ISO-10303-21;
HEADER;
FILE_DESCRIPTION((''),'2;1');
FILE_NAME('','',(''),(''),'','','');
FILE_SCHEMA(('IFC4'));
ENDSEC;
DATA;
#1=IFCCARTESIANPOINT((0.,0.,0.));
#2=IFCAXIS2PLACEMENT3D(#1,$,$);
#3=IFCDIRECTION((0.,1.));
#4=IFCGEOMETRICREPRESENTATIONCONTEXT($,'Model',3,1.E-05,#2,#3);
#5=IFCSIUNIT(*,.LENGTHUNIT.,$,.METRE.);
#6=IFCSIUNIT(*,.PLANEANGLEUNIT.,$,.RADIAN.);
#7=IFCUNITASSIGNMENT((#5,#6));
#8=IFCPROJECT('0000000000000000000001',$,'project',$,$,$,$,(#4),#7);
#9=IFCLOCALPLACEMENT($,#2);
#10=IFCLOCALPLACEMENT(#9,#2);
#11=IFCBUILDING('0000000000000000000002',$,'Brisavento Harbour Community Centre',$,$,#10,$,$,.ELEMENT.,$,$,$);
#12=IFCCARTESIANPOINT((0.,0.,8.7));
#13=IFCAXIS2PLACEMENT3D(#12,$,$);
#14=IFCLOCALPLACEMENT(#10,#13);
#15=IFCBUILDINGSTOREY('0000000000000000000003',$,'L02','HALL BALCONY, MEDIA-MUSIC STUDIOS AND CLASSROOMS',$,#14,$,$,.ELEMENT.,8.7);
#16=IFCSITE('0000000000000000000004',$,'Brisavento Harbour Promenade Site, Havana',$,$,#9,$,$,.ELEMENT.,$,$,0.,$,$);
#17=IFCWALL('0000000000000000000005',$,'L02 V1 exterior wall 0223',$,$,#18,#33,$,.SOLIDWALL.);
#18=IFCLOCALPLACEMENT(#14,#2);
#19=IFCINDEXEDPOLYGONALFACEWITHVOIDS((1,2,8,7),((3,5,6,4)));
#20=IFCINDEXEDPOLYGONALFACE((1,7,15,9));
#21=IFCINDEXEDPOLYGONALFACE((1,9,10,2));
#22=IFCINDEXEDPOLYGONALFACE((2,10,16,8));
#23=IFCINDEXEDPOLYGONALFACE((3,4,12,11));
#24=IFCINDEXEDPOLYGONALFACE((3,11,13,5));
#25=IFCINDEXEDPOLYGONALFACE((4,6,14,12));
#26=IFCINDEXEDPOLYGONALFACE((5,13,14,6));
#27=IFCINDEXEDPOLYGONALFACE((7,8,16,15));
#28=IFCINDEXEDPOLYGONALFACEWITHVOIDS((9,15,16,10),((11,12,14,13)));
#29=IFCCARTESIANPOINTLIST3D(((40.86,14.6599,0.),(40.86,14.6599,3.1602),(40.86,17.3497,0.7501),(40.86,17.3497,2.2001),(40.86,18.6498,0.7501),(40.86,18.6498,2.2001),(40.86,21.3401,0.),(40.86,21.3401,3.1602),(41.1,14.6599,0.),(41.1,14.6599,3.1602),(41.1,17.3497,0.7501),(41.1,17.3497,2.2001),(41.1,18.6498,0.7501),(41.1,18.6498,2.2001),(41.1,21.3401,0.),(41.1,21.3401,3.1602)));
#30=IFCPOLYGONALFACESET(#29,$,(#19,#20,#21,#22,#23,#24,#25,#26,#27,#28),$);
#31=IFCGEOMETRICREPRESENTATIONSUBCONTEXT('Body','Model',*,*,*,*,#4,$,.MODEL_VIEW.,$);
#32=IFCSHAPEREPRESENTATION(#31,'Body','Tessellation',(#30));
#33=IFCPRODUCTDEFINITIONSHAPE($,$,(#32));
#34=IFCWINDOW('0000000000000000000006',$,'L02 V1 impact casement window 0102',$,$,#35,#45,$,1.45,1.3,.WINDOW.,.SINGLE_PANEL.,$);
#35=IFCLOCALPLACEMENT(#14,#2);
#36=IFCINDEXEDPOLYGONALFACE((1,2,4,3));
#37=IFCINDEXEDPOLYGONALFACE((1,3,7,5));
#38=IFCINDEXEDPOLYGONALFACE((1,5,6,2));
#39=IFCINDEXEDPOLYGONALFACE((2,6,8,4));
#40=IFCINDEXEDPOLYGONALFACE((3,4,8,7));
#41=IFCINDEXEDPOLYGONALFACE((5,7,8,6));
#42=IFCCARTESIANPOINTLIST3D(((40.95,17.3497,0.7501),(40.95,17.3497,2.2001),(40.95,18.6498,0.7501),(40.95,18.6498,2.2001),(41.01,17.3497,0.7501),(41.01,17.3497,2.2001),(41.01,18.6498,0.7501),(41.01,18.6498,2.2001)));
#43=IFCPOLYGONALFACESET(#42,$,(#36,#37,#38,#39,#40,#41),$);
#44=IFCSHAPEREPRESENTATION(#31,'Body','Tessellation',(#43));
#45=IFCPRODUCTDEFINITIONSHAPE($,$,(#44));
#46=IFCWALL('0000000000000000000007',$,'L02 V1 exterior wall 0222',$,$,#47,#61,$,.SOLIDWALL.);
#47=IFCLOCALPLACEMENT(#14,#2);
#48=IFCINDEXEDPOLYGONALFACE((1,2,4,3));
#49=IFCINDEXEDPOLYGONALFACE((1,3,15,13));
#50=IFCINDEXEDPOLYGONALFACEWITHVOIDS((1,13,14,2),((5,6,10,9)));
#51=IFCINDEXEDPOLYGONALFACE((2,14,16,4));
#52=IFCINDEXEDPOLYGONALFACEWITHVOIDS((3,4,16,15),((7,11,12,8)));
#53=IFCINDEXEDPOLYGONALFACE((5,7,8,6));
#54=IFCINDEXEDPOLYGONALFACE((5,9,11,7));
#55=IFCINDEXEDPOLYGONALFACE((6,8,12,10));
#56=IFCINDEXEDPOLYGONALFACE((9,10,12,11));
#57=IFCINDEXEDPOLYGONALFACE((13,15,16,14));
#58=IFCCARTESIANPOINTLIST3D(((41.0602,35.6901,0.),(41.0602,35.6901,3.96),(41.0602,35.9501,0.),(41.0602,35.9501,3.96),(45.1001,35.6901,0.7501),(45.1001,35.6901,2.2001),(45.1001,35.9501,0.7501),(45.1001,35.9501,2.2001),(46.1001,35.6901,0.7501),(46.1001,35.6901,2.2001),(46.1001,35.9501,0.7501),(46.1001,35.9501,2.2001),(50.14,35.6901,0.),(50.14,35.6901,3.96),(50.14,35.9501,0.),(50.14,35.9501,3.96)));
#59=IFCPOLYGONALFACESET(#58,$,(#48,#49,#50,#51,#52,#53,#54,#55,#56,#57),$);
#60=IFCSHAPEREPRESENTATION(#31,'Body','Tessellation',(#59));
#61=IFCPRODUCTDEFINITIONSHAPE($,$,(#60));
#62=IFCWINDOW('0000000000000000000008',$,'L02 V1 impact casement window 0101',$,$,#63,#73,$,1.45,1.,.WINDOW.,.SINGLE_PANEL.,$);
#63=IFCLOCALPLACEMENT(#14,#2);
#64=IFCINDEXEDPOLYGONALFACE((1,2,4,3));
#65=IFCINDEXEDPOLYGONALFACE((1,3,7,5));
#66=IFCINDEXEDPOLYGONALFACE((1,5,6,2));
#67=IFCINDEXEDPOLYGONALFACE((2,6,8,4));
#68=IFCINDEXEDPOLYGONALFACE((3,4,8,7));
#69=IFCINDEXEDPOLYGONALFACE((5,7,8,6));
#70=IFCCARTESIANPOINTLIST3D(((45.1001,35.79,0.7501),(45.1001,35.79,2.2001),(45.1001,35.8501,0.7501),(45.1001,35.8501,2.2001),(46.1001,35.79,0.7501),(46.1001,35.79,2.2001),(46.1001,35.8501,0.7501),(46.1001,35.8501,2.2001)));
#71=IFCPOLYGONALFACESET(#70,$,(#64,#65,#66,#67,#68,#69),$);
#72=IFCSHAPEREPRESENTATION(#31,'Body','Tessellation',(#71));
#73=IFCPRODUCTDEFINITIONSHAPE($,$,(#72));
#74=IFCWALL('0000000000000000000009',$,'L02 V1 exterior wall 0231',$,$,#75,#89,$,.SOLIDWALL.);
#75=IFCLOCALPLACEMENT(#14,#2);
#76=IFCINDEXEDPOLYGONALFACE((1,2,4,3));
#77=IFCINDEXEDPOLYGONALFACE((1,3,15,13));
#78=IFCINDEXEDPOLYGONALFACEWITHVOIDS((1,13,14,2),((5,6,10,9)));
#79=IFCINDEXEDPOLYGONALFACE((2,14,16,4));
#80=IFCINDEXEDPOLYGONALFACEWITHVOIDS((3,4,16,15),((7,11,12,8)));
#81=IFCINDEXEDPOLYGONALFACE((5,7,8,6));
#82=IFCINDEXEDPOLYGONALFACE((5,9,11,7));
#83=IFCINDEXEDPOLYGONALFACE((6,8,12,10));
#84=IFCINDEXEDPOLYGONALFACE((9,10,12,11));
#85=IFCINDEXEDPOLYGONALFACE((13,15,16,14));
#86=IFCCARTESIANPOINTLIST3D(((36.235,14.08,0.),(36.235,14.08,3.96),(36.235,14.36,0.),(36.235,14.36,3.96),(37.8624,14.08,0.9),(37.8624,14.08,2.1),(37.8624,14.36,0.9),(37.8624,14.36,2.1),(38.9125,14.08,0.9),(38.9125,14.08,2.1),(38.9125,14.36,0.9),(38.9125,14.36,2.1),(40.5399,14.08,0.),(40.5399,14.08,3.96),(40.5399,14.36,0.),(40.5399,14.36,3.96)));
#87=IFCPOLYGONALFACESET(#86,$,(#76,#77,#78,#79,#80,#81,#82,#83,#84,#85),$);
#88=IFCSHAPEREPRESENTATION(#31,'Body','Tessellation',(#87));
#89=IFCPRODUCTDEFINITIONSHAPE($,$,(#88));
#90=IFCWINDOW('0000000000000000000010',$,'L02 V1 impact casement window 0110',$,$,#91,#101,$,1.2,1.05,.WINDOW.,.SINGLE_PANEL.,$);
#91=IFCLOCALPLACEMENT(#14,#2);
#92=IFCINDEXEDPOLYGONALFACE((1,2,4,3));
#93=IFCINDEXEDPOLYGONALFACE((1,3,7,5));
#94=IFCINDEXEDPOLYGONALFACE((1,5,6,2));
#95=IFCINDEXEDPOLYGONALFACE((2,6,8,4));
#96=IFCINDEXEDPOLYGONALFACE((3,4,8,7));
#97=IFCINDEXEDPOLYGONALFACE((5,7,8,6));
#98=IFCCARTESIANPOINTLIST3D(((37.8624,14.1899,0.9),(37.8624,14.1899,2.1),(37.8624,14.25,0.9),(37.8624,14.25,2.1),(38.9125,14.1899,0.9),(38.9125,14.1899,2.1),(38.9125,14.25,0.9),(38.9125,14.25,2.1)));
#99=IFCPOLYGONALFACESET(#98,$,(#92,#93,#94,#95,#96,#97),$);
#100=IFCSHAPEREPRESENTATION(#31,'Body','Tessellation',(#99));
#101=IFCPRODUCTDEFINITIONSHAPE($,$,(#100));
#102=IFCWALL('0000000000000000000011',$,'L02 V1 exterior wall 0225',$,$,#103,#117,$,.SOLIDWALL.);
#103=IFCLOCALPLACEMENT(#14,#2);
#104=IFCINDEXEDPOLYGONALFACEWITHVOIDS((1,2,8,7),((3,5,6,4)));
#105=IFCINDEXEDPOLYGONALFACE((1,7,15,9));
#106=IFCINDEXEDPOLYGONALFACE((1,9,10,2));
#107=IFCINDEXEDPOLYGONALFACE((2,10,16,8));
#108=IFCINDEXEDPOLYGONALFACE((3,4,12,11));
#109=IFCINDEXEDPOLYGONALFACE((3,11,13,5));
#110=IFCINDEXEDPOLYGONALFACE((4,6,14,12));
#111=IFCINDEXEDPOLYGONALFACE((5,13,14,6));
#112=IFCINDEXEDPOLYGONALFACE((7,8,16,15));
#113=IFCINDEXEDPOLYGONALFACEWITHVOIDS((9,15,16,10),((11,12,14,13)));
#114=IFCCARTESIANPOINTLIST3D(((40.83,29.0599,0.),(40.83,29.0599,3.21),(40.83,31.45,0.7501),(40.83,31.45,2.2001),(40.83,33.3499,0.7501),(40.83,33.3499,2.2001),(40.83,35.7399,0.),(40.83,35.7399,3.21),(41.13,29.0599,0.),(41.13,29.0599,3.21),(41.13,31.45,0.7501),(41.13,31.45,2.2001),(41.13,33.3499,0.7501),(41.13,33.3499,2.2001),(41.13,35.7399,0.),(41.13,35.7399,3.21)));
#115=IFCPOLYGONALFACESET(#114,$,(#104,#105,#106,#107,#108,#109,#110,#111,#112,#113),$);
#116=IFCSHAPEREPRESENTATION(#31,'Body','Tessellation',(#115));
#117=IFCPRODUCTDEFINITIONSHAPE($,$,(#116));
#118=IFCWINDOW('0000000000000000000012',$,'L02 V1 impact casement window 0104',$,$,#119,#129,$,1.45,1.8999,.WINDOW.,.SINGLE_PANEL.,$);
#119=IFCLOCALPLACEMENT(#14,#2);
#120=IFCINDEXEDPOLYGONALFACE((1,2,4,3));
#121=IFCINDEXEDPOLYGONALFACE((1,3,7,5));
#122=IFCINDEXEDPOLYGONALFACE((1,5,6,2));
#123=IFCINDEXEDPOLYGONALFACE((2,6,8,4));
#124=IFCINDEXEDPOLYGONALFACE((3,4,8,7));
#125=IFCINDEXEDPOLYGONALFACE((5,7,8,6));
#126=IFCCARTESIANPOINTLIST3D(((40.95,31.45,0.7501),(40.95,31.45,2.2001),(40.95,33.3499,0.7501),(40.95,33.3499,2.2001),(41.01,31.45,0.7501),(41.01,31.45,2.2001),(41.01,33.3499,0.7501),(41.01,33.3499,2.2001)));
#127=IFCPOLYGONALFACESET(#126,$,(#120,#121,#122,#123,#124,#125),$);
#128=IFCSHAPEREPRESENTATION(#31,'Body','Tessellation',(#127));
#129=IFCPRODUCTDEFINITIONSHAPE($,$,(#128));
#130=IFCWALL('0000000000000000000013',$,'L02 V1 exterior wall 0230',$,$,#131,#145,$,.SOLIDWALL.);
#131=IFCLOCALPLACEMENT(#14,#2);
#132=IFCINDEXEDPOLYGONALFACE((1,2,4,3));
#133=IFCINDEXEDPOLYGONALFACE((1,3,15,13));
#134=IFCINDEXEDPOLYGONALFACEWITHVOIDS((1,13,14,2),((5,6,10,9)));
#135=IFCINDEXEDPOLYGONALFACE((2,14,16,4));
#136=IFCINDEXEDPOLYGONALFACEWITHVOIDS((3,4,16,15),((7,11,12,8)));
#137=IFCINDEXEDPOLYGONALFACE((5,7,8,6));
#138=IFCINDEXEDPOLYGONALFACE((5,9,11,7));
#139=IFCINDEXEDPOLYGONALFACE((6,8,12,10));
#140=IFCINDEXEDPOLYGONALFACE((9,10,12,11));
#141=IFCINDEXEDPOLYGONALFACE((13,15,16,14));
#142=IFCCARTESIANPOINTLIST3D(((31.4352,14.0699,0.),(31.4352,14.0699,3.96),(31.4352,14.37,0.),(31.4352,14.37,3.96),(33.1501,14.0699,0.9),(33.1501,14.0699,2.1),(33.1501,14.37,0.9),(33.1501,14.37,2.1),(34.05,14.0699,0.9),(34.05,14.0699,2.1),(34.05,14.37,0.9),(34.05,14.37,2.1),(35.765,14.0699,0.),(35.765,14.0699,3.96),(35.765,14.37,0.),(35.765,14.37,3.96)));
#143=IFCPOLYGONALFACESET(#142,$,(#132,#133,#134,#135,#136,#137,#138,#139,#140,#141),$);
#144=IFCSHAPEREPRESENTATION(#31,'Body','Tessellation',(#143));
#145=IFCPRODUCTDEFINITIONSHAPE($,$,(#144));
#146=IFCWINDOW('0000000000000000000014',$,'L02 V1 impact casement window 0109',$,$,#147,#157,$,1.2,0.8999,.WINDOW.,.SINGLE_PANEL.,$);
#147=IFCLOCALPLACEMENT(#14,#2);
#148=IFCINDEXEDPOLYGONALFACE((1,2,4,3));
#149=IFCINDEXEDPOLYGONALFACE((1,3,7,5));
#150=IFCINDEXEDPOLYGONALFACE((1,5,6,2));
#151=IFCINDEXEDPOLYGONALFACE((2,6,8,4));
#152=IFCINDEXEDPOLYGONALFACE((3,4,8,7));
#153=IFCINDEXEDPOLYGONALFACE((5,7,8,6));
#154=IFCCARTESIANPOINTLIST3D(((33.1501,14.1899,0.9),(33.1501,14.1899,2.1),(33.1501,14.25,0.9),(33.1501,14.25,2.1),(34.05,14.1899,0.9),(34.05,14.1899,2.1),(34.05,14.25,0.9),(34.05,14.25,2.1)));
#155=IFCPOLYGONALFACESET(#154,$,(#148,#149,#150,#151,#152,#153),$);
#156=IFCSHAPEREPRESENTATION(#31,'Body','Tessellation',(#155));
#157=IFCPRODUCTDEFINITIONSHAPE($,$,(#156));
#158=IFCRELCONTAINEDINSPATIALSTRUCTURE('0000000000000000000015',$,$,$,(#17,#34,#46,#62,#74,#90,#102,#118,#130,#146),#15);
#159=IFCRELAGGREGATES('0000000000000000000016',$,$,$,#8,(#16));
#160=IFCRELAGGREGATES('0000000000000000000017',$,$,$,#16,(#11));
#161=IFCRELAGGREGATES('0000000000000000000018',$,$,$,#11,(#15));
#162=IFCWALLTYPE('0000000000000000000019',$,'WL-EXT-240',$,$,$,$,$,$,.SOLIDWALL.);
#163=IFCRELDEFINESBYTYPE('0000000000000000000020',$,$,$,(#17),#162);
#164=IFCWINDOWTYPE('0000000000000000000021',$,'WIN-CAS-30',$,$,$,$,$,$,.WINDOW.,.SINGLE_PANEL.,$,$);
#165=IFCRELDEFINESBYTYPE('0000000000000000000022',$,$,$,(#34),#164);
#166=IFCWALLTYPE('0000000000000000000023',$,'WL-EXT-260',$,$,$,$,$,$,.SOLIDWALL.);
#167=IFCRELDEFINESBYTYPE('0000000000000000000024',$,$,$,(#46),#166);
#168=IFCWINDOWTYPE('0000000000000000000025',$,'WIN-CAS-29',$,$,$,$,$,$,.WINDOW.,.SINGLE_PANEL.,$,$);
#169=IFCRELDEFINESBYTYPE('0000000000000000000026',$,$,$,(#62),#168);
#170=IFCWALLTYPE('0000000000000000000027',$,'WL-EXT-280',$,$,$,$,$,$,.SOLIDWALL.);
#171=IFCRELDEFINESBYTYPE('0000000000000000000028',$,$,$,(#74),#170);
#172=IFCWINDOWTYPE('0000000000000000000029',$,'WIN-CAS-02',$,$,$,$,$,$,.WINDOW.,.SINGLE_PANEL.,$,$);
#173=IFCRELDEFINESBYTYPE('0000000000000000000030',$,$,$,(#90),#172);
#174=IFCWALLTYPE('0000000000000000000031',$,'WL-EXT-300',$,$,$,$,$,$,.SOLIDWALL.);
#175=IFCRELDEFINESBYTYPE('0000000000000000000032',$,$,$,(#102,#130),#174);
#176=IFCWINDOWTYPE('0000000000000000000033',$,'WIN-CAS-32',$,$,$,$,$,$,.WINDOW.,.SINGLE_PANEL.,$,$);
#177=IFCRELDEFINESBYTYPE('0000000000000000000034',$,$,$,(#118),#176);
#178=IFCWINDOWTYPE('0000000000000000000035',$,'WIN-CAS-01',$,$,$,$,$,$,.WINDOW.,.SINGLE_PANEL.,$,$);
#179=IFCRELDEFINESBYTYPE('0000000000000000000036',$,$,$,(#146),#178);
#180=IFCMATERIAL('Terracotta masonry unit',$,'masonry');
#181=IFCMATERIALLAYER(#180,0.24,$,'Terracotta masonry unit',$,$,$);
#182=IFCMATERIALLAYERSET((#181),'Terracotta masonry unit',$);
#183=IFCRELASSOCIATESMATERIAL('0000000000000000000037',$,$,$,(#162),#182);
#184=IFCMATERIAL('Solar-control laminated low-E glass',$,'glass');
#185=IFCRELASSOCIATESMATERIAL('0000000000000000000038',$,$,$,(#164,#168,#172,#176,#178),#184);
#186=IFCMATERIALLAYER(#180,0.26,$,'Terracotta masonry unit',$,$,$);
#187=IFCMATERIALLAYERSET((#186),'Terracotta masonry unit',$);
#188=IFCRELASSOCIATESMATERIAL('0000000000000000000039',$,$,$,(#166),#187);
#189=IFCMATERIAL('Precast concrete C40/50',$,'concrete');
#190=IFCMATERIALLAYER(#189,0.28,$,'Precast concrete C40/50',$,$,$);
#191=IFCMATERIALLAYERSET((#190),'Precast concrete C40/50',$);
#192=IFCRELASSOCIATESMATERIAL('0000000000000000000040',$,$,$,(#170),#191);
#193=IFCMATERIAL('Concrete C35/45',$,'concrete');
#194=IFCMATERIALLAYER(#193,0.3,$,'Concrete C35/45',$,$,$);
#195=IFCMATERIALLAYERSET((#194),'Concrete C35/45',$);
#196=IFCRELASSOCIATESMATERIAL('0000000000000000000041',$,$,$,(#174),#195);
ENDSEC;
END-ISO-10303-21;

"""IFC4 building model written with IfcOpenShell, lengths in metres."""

from ifc_helpers import new_model, si_unit, direction, frame, frame_2d, origin, place, context, subcontext, project, spatial, rectangle, extrude, material, layer, layer_set, type_object, element, fill, save


model = new_model("IFC4")

# Units and contexts
model_context = context("Model", 3, precision=1e-05, world=origin(), true_north=direction((0.0, 1.0)))
body_context = subcontext(model_context, "Body", "Model", "MODEL_VIEW")
ifc_project = project(units=[si_unit("LENGTHUNIT", "METRE"), si_unit("PLANEANGLEUNIT", "RADIAN")], contexts=[model_context])

# Site, building, storey
site_placement = place(None, origin())
site = spatial("IfcSite", under=ifc_project, at=site_placement, Name="Brisavento Harbour Promenade Site, Havana", CompositionType="ELEMENT", RefElevation=0.0)
building_placement = place(site_placement, origin())
building = spatial("IfcBuilding", under=site, at=building_placement, Name="Brisavento Harbour Community Centre", CompositionType="ELEMENT")
storey_placement = place(building_placement, frame((0.0, 0.0, 8.7)))
storey = spatial("IfcBuildingStorey", under=building, at=storey_placement, Name="L02", Description="HALL BALCONY, MEDIA-MUSIC STUDIOS AND CLASSROOMS", CompositionType="ELEMENT", Elevation=8.7)

# Shared definitions
ifc_material_1 = material(Name="Concrete C35/45", Category="concrete")

# Walls, openings, windows
ifc_material_2 = material(Name="Terracotta masonry unit", Category="masonry")
ifc_layer_1 = layer(ifc_material_2, 0.24, Name="Terracotta masonry unit")
ifc_layer_set_1 = layer_set([ifc_layer_1], Name="Terracotta masonry unit")
wall_type_1 = type_object("IfcWallType", Name="WL-EXT-240", PredefinedType="SOLIDWALL", material=ifc_layer_set_1)
wall_1_placement = place(storey_placement, frame((40.98, 14.6599, 0.0), z_axis=(0.0, 0.0, 1.0), x_axis=(0.0, 1.0, 0.0)))
wall_1 = element("IfcWall", 1, at=wall_1_placement, inside=storey, type_object=wall_type_1, Name="L02 V1 exterior wall 0223", PredefinedType="SOLIDWALL", context=body_context, shape_type="SweptSolid", body=[
    extrude(rectangle(XDim=6.6802, YDim=0.24, at=frame_2d((3.3401, 0.0))), origin(), (0.0, 0.0, 1.0), 3.1602),
])
opening_1_placement = place(wall_1_placement, frame((2.6899, 0.0, 0.75)))
opening_1 = element("IfcOpeningElement", 2, at=opening_1_placement, cuts=wall_1, PredefinedType="OPENING", context=body_context, shape_type="SweptSolid", body=[
    extrude(rectangle(XDim=1.3, YDim=1.45, at=frame_2d((0.6499, 0.7251))), frame((0.0, 0.1299, 0.0), z_axis=(0.0, -1.0, 0.0), x_axis=(1.0, 0.0, 0.0)), (0.0, 0.0, 1.0), 0.26),
])
ifc_material_3 = material(Name="Solar-control laminated low-E glass", Category="glass")
window_type_1 = type_object("IfcWindowType", Name="WIN-CAS-30", PartitioningType="SINGLE_PANEL", PredefinedType="WINDOW", material=ifc_material_3)
window_1_placement = place(opening_1_placement, origin())
window_1 = element("IfcWindow", 3, at=window_1_placement, inside=storey, type_object=window_type_1, Name="L02 V1 impact casement window 0102", OverallHeight=1.45, OverallWidth=1.3, PartitioningType="SINGLE_PANEL", PredefinedType="WINDOW", context=body_context, shape_type="SweptSolid", body=[
    extrude(rectangle(XDim=1.3, YDim=1.45, at=frame_2d((0.6499, 0.7251))), frame((0.0, 0.03, 0.0), z_axis=(0.0, -1.0, 0.0), x_axis=(1.0, 0.0, 0.0)), (0.0, 0.0, 1.0), 0.0601),
])
fill(opening_1, window_1)
ifc_layer_2 = layer(ifc_material_2, 0.26, Name="Terracotta masonry unit")
ifc_layer_set_2 = layer_set([ifc_layer_2], Name="Terracotta masonry unit")
wall_type_2 = type_object("IfcWallType", Name="WL-EXT-260", PredefinedType="SOLIDWALL", material=ifc_layer_set_2)
wall_2_placement = place(storey_placement, frame((41.0601, 35.8201, 0.0), z_axis=(0.0, 0.0, 1.0), x_axis=(1.0, 0.0, 0.0)))
wall_2 = element("IfcWall", 4, at=wall_2_placement, inside=storey, type_object=wall_type_2, Name="L02 V1 exterior wall 0222", PredefinedType="SOLIDWALL", context=body_context, shape_type="SweptSolid", body=[
    extrude(rectangle(XDim=9.0798, YDim=0.26, at=frame_2d((4.54, 0.0))), origin(), (0.0, 0.0, 1.0), 3.96),
])
opening_2_placement = place(wall_2_placement, frame((4.04, 0.0, 0.75)))
opening_2 = element("IfcOpeningElement", 5, at=opening_2_placement, cuts=wall_2, PredefinedType="OPENING", context=body_context, shape_type="SweptSolid", body=[
    extrude(rectangle(XDim=1.0, YDim=1.45, at=frame_2d((0.5, 0.7251))), frame((0.0, 0.1401, 0.0), z_axis=(0.0, -1.0, 0.0), x_axis=(1.0, 0.0, 0.0)), (0.0, 0.0, 1.0), 0.28),
])
window_type_2 = type_object("IfcWindowType", Name="WIN-CAS-29", PartitioningType="SINGLE_PANEL", PredefinedType="WINDOW", material=ifc_material_3)
window_2_placement = place(opening_2_placement, origin())
window_2 = element("IfcWindow", 6, at=window_2_placement, inside=storey, type_object=window_type_2, Name="L02 V1 impact casement window 0101", OverallHeight=1.45, OverallWidth=1.0, PartitioningType="SINGLE_PANEL", PredefinedType="WINDOW", context=body_context, shape_type="SweptSolid", body=[
    extrude(rectangle(XDim=1.0, YDim=1.45, at=frame_2d((0.5, 0.7251))), frame((0.0, 0.03, 0.0), z_axis=(0.0, -1.0, 0.0), x_axis=(1.0, 0.0, 0.0)), (0.0, 0.0, 1.0), 0.0601),
])
fill(opening_2, window_2)
ifc_material_4 = material(Name="Precast concrete C40/50", Category="concrete")
ifc_layer_3 = layer(ifc_material_4, 0.28, Name="Precast concrete C40/50")
ifc_layer_set_3 = layer_set([ifc_layer_3], Name="Precast concrete C40/50")
wall_type_3 = type_object("IfcWallType", Name="WL-EXT-280", PredefinedType="SOLIDWALL", material=ifc_layer_set_3)
wall_3_placement = place(storey_placement, frame((36.2351, 14.22, 0.0), z_axis=(0.0, 0.0, 1.0), x_axis=(1.0, 0.0, 0.0)))
wall_3 = element("IfcWall", 7, at=wall_3_placement, inside=storey, type_object=wall_type_3, Name="L02 V1 exterior wall 0231", PredefinedType="SOLIDWALL", context=body_context, shape_type="SweptSolid", body=[
    extrude(rectangle(XDim=4.3049, YDim=0.28, at=frame_2d((2.1523, 0.0))), origin(), (0.0, 0.0, 1.0), 3.96),
])
opening_3_placement = place(wall_3_placement, frame((1.6274, 0.0, 0.8999)))
opening_3 = element("IfcOpeningElement", 8, at=opening_3_placement, cuts=wall_3, PredefinedType="OPENING", context=body_context, shape_type="SweptSolid", body=[
    extrude(rectangle(XDim=1.05, YDim=1.2, at=frame_2d((0.5249, 0.6001))), frame((0.0, 0.1499, 0.0), z_axis=(0.0, -1.0, 0.0), x_axis=(1.0, 0.0, 0.0)), (0.0, 0.0, 1.0), 0.3),
])
window_type_3 = type_object("IfcWindowType", Name="WIN-CAS-02", PartitioningType="SINGLE_PANEL", PredefinedType="WINDOW", material=ifc_material_3)
window_3_placement = place(opening_3_placement, origin())
window_3 = element("IfcWindow", 9, at=window_3_placement, inside=storey, type_object=window_type_3, Name="L02 V1 impact casement window 0110", OverallHeight=1.2, OverallWidth=1.05, PartitioningType="SINGLE_PANEL", PredefinedType="WINDOW", context=body_context, shape_type="SweptSolid", body=[
    extrude(rectangle(XDim=1.05, YDim=1.2, at=frame_2d((0.5249, 0.6001))), frame((0.0, 0.03, 0.0), z_axis=(0.0, -1.0, 0.0), x_axis=(1.0, 0.0, 0.0)), (0.0, 0.0, 1.0), 0.0601),
])
fill(opening_3, window_3)
ifc_layer_4 = layer(ifc_material_1, 0.3, Name="Concrete C35/45")
ifc_layer_set_4 = layer_set([ifc_layer_4], Name="Concrete C35/45")
wall_type_4 = type_object("IfcWallType", Name="WL-EXT-300", PredefinedType="SOLIDWALL", material=ifc_layer_set_4)
wall_4_placement = place(storey_placement, frame((40.98, 29.0601, 0.0), z_axis=(0.0, 0.0, 1.0), x_axis=(0.0, 1.0, 0.0)))
wall_4 = element("IfcWall", 10, at=wall_4_placement, inside=storey, type_object=wall_type_4, Name="L02 V1 exterior wall 0225", PredefinedType="SOLIDWALL", context=body_context, shape_type="SweptSolid", body=[
    extrude(rectangle(XDim=6.6799, YDim=0.3, at=frame_2d((3.3398, 0.0))), origin(), (0.0, 0.0, 1.0), 3.21),
])
opening_4_placement = place(wall_4_placement, frame((2.3899, 0.0, 0.75)))
opening_4 = element("IfcOpeningElement", 11, at=opening_4_placement, cuts=wall_4, PredefinedType="OPENING", context=body_context, shape_type="SweptSolid", body=[
    extrude(rectangle(XDim=1.8999, YDim=1.45, at=frame_2d((0.95, 0.7251))), frame((0.0, 0.1602, 0.0), z_axis=(0.0, -1.0, 0.0), x_axis=(1.0, 0.0, 0.0)), (0.0, 0.0, 1.0), 0.3201),
])
window_type_4 = type_object("IfcWindowType", Name="WIN-CAS-32", PartitioningType="SINGLE_PANEL", PredefinedType="WINDOW", material=ifc_material_3)
window_4_placement = place(opening_4_placement, origin())
window_4 = element("IfcWindow", 12, at=window_4_placement, inside=storey, type_object=window_type_4, Name="L02 V1 impact casement window 0104", OverallHeight=1.45, OverallWidth=1.8999, PartitioningType="SINGLE_PANEL", PredefinedType="WINDOW", context=body_context, shape_type="SweptSolid", body=[
    extrude(rectangle(XDim=1.8999, YDim=1.45, at=frame_2d((0.95, 0.7251))), frame((0.0, 0.03, 0.0), z_axis=(0.0, -1.0, 0.0), x_axis=(1.0, 0.0, 0.0)), (0.0, 0.0, 1.0), 0.0601),
])
fill(opening_4, window_4)
wall_5_placement = place(storey_placement, frame((31.4351, 14.22, 0.0), z_axis=(0.0, 0.0, 1.0), x_axis=(1.0, 0.0, 0.0)))
wall_5 = element("IfcWall", 13, at=wall_5_placement, inside=storey, type_object=wall_type_4, Name="L02 V1 exterior wall 0230", PredefinedType="SOLIDWALL", context=body_context, shape_type="SweptSolid", body=[
    extrude(rectangle(XDim=4.3298, YDim=0.3, at=frame_2d((2.165, 0.0))), origin(), (0.0, 0.0, 1.0), 3.96),
])
opening_5_placement = place(wall_5_placement, frame((1.7151, 0.0, 0.8999)))
opening_5 = element("IfcOpeningElement", 14, at=opening_5_placement, cuts=wall_5, PredefinedType="OPENING", context=body_context, shape_type="SweptSolid", body=[
    extrude(rectangle(XDim=0.8999, YDim=1.2, at=frame_2d((0.45, 0.6001))), frame((0.0, 0.1602, 0.0), z_axis=(0.0, -1.0, 0.0), x_axis=(1.0, 0.0, 0.0)), (0.0, 0.0, 1.0), 0.3201),
])
window_type_5 = type_object("IfcWindowType", Name="WIN-CAS-01", PartitioningType="SINGLE_PANEL", PredefinedType="WINDOW", material=ifc_material_3)
window_5_placement = place(opening_5_placement, origin())
window_5 = element("IfcWindow", 15, at=window_5_placement, inside=storey, type_object=window_type_5, Name="L02 V1 impact casement window 0109", OverallHeight=1.2, OverallWidth=0.8999, PartitioningType="SINGLE_PANEL", PredefinedType="WINDOW", context=body_context, shape_type="SweptSolid", body=[
    extrude(rectangle(XDim=0.8999, YDim=1.2, at=frame_2d((0.45, 0.6001))), frame((0.0, 0.03, 0.0), z_axis=(0.0, -1.0, 0.0), x_axis=(1.0, 0.0, 0.0)), (0.0, 0.0, 1.0), 0.0601),
])
fill(opening_5, window_5)

save(model, "model.ifc")
